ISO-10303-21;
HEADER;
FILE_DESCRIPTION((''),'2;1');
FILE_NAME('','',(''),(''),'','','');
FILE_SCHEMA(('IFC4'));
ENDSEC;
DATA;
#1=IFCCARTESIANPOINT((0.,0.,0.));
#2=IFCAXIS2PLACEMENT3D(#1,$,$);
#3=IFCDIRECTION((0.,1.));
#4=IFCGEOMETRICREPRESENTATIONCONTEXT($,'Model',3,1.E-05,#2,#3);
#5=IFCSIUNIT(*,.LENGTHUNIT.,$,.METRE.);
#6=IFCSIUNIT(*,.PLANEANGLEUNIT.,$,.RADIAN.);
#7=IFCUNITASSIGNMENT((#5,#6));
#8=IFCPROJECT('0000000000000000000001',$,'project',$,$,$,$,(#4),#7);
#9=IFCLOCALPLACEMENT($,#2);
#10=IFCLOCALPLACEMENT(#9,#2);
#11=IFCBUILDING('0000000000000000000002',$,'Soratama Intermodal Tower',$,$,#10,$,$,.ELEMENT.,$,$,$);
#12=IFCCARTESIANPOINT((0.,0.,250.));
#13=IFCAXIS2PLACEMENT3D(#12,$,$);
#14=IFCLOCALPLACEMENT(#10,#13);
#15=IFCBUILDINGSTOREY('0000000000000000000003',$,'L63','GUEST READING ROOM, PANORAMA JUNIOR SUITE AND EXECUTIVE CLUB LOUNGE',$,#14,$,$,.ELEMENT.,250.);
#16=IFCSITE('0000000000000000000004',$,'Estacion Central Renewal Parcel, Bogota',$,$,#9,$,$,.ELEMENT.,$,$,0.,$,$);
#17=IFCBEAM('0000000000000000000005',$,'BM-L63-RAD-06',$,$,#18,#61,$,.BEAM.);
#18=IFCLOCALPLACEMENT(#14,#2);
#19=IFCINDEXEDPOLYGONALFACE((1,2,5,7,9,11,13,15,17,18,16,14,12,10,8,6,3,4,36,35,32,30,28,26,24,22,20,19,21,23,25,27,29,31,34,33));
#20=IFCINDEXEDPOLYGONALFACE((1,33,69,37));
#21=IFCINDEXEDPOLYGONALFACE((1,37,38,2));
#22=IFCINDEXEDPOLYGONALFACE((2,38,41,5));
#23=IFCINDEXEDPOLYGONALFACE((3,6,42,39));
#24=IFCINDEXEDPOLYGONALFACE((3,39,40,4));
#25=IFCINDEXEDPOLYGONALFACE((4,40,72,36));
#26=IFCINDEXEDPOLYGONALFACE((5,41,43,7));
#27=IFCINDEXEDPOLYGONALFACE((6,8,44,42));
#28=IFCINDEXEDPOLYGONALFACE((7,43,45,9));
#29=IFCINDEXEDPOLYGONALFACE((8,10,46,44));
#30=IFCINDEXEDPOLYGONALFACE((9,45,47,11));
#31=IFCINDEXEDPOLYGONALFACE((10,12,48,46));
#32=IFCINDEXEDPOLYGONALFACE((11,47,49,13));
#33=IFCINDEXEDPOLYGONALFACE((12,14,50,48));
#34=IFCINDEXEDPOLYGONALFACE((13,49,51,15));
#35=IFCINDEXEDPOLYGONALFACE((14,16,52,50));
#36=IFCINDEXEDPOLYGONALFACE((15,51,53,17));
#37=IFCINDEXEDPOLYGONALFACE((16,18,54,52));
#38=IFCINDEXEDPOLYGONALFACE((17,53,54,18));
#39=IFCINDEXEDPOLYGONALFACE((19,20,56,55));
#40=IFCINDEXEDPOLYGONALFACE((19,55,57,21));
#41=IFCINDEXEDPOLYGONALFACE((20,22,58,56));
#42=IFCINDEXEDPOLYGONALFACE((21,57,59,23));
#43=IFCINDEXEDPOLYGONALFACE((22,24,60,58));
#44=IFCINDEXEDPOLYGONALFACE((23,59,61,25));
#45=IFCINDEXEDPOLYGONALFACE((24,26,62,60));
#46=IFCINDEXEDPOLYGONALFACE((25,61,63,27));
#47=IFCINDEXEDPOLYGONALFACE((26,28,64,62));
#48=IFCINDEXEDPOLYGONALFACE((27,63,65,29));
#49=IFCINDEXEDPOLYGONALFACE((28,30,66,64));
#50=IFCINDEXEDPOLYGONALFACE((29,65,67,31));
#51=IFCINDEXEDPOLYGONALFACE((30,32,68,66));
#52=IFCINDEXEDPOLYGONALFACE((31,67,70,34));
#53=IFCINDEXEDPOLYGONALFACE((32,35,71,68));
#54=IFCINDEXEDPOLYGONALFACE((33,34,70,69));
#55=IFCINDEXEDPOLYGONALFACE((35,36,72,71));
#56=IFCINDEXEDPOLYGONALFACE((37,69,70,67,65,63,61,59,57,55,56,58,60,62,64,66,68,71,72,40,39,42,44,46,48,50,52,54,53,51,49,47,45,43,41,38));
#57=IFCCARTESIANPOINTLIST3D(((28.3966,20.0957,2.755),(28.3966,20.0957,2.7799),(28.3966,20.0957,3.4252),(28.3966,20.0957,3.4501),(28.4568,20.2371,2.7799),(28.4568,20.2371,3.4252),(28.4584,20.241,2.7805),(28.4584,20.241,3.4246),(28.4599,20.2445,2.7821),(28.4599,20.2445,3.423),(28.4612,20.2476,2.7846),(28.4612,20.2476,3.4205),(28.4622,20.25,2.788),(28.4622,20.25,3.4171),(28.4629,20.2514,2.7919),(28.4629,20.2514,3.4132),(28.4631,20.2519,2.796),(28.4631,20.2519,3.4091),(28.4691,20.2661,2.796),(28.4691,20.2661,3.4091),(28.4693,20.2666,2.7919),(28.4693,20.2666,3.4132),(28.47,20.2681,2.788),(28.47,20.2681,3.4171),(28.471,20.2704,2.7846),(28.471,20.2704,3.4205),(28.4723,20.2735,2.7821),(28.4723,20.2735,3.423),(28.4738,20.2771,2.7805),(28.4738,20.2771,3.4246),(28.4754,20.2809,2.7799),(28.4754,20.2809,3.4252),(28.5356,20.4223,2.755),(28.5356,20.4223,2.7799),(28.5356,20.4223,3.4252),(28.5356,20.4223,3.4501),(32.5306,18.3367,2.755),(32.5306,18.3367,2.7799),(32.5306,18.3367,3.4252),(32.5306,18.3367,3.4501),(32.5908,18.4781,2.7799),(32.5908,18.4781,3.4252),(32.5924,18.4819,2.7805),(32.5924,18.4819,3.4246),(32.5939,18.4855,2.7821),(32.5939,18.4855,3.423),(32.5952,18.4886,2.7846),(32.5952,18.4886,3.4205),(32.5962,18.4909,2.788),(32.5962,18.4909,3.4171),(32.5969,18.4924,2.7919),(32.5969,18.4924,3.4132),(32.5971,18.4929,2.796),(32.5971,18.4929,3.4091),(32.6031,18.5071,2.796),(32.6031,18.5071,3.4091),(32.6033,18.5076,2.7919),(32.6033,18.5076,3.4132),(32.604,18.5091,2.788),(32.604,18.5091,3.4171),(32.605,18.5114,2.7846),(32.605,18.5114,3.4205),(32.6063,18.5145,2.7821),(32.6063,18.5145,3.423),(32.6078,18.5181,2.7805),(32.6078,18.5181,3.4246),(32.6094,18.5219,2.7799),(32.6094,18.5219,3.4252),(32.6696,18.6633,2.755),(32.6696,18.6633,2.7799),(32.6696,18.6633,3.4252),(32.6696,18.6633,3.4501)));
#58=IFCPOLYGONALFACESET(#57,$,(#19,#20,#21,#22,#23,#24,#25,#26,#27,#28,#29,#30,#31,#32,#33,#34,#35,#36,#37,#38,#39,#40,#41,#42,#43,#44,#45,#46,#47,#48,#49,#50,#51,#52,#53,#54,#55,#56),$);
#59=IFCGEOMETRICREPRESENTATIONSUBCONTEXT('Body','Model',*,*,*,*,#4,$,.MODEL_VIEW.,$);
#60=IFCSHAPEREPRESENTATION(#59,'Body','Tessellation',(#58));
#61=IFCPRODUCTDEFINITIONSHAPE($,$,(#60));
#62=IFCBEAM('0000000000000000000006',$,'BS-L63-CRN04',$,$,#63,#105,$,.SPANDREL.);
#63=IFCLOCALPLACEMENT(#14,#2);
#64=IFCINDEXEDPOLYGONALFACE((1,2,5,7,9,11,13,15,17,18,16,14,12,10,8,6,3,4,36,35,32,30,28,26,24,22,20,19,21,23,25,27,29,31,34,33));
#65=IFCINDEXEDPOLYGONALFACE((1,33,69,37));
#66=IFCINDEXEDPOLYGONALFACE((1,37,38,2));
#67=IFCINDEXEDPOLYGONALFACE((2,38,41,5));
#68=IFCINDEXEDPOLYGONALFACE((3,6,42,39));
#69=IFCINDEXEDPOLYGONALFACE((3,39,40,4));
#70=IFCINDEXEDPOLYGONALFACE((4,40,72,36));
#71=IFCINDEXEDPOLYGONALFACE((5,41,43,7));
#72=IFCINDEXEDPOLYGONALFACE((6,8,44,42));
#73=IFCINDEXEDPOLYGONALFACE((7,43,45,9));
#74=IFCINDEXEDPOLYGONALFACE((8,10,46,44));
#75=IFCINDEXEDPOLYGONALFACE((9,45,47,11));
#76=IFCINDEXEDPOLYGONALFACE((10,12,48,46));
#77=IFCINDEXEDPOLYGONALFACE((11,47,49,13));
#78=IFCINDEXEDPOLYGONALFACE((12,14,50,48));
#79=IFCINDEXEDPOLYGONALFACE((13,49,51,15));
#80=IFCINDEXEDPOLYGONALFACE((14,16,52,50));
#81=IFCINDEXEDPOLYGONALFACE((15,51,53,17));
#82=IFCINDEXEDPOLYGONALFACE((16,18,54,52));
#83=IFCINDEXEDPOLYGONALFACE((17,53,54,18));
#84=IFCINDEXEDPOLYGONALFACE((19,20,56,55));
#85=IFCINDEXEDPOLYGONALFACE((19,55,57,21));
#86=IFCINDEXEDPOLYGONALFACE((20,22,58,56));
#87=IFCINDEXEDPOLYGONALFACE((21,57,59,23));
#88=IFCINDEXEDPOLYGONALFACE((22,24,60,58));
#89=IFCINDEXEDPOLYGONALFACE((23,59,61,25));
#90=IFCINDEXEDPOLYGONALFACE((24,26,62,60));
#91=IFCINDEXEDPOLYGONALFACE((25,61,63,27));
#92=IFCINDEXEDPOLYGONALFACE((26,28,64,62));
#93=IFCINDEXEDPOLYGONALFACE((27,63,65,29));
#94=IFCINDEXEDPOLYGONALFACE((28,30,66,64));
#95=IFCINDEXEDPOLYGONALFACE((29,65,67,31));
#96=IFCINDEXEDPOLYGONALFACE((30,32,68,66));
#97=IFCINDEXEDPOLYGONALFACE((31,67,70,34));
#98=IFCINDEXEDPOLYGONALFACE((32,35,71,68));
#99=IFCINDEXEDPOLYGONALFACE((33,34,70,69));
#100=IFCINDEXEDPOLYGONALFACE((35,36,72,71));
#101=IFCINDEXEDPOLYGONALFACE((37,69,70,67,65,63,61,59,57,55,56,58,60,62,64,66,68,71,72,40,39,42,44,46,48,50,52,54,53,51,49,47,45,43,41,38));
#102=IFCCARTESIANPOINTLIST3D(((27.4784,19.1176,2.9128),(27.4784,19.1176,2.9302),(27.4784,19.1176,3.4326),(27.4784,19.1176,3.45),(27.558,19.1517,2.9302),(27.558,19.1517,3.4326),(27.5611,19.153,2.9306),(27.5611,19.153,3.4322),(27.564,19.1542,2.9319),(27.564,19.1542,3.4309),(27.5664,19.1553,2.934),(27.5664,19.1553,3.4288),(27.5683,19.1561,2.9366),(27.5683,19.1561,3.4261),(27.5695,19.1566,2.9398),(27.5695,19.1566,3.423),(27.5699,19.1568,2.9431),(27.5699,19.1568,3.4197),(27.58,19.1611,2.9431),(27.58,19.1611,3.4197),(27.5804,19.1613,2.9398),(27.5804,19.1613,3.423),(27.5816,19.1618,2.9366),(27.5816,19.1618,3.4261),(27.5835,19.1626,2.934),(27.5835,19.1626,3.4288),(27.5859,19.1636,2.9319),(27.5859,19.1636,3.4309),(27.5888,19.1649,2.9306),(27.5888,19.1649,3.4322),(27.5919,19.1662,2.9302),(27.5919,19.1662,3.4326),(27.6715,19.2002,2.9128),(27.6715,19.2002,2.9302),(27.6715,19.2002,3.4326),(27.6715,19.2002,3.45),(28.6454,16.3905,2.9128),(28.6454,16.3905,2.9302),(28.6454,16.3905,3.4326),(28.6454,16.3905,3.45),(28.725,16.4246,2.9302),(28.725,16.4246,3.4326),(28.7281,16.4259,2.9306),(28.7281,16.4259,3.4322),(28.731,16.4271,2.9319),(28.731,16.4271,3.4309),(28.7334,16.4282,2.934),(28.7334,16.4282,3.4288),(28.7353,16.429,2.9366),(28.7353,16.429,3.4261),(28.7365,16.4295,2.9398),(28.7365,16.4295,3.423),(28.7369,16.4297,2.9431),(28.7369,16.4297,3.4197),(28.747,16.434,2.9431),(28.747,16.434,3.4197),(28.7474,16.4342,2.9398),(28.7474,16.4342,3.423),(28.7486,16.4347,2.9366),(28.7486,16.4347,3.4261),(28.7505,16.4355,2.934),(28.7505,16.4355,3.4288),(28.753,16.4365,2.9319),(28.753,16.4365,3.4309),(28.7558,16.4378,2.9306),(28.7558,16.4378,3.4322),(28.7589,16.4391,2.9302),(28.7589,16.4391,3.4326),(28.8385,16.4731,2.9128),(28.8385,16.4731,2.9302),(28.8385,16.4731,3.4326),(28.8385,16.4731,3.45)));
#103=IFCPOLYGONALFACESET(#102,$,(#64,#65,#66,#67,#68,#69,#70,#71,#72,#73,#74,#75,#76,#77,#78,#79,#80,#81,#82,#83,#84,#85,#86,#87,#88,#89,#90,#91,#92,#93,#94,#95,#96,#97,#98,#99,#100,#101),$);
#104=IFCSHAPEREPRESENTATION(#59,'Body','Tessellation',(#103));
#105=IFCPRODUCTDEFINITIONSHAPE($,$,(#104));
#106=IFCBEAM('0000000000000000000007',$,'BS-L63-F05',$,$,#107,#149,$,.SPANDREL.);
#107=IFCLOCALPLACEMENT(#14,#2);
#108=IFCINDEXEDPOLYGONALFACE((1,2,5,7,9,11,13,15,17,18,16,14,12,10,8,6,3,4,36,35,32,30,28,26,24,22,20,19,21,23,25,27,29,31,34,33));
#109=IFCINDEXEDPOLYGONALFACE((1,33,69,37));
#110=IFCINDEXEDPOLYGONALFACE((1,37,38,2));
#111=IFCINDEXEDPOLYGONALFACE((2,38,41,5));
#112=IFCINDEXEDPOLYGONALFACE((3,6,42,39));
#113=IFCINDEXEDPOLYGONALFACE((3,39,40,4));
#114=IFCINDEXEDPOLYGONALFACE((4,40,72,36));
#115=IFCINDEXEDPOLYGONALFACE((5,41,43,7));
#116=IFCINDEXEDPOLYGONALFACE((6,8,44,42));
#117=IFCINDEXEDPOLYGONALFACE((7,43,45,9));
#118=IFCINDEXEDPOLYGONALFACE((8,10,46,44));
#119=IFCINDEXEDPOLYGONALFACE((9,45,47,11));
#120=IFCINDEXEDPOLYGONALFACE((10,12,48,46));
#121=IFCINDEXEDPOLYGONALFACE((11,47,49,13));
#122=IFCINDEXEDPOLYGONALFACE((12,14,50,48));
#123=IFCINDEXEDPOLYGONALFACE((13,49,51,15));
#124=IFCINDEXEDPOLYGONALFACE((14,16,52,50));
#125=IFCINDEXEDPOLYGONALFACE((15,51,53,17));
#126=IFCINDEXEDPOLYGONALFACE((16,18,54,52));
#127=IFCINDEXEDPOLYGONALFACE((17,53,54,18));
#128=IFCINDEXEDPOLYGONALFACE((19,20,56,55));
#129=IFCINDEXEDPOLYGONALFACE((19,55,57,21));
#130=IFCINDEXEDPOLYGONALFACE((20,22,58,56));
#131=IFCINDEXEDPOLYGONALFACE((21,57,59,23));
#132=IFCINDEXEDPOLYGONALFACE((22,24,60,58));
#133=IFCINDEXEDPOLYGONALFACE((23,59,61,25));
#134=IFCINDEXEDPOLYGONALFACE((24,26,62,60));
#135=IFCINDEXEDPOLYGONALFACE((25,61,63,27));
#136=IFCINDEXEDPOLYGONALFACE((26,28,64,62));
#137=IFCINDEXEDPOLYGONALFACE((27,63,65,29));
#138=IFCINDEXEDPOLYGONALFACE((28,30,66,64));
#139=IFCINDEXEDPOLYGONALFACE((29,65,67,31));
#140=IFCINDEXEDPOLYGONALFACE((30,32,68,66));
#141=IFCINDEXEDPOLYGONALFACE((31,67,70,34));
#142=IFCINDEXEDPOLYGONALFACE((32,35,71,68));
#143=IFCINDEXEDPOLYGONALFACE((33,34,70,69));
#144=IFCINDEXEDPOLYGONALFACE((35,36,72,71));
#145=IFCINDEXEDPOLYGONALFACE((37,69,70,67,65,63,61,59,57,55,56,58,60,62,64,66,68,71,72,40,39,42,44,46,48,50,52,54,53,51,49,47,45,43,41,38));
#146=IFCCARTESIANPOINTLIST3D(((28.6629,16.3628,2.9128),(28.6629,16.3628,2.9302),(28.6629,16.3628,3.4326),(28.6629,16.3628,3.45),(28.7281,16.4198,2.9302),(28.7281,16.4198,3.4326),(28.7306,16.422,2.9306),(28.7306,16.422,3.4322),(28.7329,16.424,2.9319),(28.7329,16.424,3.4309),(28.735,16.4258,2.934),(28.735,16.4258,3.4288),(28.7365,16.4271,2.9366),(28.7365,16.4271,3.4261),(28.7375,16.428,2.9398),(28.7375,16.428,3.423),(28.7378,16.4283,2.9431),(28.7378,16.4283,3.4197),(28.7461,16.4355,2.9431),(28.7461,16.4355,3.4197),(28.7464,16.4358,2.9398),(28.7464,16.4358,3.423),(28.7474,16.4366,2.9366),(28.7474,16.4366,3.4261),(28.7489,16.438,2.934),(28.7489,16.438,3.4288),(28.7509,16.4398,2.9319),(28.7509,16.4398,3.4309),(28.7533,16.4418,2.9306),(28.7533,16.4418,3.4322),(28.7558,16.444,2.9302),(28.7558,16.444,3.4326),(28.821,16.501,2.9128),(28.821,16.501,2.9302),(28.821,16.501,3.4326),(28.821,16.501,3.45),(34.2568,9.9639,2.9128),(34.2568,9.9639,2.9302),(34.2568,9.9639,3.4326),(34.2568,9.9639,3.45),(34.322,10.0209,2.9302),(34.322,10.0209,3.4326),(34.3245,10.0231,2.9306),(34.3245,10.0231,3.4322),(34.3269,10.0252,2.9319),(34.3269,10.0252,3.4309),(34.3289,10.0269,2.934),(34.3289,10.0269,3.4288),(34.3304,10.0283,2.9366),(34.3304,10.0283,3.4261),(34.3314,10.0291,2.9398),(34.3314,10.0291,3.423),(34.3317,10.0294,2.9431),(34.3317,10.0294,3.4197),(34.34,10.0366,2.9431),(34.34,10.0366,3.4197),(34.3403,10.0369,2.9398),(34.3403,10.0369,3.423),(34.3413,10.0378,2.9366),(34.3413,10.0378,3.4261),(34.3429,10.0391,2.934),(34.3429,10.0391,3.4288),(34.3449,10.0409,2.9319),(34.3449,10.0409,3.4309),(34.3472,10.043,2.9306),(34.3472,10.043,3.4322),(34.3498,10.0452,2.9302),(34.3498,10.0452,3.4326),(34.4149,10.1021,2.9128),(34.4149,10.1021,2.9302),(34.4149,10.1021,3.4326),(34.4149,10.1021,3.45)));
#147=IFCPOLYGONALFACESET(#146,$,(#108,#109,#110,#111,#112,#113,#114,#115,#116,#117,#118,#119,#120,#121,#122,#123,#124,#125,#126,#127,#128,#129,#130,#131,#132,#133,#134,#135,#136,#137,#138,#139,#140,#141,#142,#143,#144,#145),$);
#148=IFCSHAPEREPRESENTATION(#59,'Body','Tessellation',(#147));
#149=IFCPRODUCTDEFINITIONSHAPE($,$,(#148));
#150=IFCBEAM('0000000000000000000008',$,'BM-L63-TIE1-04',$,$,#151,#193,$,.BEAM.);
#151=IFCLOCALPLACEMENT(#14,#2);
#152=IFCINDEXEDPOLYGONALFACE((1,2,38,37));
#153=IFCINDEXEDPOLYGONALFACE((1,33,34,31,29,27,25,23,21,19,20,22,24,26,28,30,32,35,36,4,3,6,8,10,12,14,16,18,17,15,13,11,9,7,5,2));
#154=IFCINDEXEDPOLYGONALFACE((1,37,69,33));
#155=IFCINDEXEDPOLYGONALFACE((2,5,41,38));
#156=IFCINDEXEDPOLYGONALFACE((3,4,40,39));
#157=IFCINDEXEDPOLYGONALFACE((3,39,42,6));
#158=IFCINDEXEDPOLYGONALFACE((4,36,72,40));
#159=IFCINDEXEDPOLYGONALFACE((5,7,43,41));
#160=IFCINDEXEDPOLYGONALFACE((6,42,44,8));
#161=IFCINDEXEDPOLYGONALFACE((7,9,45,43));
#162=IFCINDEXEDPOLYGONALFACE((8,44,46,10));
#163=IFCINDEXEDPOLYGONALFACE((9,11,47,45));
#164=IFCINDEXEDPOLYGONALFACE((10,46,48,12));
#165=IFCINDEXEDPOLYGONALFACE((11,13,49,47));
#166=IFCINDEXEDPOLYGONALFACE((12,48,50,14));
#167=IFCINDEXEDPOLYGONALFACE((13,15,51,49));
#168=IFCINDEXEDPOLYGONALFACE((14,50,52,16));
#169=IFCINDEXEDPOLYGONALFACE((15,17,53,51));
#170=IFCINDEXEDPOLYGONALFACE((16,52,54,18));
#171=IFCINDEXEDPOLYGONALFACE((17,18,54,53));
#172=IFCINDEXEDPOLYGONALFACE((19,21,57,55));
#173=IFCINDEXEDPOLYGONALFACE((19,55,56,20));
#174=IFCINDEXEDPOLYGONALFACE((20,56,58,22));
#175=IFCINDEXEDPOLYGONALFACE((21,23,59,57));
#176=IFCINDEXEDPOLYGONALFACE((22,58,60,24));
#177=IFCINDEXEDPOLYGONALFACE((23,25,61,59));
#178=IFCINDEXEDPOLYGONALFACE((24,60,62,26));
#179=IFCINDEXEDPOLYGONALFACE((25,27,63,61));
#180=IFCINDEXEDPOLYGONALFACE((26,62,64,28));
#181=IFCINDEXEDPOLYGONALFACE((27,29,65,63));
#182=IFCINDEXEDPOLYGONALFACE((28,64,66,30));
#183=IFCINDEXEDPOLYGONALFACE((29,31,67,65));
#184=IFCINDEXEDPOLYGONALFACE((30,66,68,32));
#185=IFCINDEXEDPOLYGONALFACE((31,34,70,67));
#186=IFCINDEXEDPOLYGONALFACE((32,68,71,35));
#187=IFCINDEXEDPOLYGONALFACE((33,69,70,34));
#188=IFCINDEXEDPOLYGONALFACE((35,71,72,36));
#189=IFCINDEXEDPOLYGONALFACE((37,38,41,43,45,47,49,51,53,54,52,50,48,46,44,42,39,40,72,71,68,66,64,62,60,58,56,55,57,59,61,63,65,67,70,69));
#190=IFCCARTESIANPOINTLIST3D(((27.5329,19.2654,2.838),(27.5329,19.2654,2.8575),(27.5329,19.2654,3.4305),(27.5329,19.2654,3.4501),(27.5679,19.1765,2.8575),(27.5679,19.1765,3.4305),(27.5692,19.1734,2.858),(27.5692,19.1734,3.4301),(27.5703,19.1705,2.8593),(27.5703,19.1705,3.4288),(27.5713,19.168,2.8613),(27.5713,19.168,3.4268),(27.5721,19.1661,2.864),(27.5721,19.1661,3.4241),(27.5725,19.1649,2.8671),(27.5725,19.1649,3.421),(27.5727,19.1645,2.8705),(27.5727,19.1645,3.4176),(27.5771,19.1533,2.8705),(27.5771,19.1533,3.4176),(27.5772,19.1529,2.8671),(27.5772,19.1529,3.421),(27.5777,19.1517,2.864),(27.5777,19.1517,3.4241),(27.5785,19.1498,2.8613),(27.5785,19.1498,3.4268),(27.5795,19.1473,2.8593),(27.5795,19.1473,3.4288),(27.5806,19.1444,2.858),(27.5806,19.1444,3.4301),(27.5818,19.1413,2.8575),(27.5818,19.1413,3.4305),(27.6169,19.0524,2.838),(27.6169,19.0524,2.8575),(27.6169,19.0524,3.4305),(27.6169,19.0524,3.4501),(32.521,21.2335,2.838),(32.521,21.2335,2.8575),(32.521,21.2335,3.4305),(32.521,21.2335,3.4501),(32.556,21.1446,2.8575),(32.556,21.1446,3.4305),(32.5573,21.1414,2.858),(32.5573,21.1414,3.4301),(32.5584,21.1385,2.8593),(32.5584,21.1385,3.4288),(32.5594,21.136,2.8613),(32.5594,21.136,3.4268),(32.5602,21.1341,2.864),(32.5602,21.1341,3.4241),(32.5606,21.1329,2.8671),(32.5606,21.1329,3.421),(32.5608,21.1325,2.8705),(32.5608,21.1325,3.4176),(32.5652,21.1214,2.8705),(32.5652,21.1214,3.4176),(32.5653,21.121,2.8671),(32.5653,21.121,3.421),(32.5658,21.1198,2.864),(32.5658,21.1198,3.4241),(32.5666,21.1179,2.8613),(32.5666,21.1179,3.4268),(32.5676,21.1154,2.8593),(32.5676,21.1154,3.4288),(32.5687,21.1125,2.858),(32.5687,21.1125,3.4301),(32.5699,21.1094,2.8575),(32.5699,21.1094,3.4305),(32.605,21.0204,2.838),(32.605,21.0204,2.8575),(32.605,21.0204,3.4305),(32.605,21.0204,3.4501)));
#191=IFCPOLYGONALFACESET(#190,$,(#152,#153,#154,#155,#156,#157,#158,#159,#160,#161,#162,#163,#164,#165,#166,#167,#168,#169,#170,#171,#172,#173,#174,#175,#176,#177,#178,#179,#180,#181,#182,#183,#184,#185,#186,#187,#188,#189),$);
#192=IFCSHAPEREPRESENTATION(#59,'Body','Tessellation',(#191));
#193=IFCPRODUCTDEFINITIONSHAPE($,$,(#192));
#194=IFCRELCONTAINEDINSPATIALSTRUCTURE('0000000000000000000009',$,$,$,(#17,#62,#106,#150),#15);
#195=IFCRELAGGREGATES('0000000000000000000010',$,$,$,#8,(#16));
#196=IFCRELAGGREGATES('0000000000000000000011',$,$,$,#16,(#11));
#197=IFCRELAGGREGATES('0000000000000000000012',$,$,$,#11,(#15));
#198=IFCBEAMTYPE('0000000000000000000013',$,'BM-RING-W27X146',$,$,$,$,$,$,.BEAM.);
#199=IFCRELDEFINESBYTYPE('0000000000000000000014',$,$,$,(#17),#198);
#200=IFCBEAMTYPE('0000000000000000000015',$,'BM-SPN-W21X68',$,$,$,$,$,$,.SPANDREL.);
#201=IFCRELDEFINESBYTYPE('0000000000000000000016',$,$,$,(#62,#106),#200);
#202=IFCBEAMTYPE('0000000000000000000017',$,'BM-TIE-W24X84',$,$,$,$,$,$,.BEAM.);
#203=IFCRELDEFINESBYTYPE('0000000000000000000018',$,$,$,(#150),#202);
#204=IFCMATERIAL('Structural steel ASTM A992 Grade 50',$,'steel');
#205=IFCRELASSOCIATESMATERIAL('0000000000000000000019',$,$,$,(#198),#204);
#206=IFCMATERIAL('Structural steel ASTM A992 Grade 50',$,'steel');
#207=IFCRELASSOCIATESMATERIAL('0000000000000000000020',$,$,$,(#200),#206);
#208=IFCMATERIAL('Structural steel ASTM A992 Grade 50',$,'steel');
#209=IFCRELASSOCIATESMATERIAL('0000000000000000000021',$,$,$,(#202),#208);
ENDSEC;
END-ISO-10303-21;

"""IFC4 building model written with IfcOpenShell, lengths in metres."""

from ifc_helpers import new_model, si_unit, direction, frame, origin, origin_2d, place, context, subcontext, project, spatial, i_section, extrude, material, material_profile, profile_set, type_object, element, save


model = new_model("IFC4")

# Units and contexts
model_context = context("Model", 3, precision=1e-05, world=origin(), true_north=direction((0.0, 1.0)))
body_context = subcontext(model_context, "Body", "Model", "MODEL_VIEW")
ifc_project = project(units=[si_unit("LENGTHUNIT", "METRE"), si_unit("PLANEANGLEUNIT", "RADIAN")], contexts=[model_context])

# Site, building, storey
site_placement = place(None, origin())
site = spatial("IfcSite", under=ifc_project, at=site_placement, Name="Estacion Central Renewal Parcel, Bogota", CompositionType="ELEMENT", RefElevation=0.0)
building_placement = place(site_placement, origin())
building = spatial("IfcBuilding", under=site, at=building_placement, Name="Soratama Intermodal Tower", CompositionType="ELEMENT")
storey_placement = place(building_placement, frame((0.0, 0.0, 250.0)))
storey = spatial("IfcBuildingStorey", under=building, at=storey_placement, Name="L63", Description="GUEST READING ROOM, PANORAMA JUNIOR SUITE AND EXECUTIVE CLUB LOUNGE", CompositionType="ELEMENT", Elevation=250.0)

# Beams
ifc_material_1 = material(Name="Structural steel ASTM A992 Grade 50", Category="steel")
ifc_material_profile_1 = material_profile(ifc_material_1, i_section(OverallWidth=0.355, OverallDepth=0.6951, WebThickness=0.0154, FlangeThickness=0.0249, FilletRadius=0.0161, at=origin_2d()), Name="W27X146")
ifc_profile_set_1 = profile_set([ifc_material_profile_1], Name="Structural steel ASTM A992 Grade 50")
beam_type_1 = type_object("IfcBeamType", Name="BM-RING-W27X146", PredefinedType="BEAM", material=ifc_profile_set_1)
beam_1_placement = place(storey_placement, frame((32.6001, 18.5, 3.1025), z_axis=(-0.920165, 0.391531, 0.0), x_axis=(-0.391531, -0.920165, 0.0)))
element("IfcBeam", 1, at=beam_1_placement, inside=storey, type_object=beam_type_1, Name="BM-L63-RAD-06", PredefinedType="BEAM", context=body_context, shape_type="SweptSolid", body=[
    extrude(i_section(OverallWidth=0.355, OverallDepth=0.6951, WebThickness=0.0154, FlangeThickness=0.0249, FilletRadius=0.0161, at=origin_2d()), origin(), (0.0, 0.0, 1.0), 4.4927),
])
ifc_material_2 = material(Name="Structural steel ASTM A992 Grade 50", Category="steel")
ifc_material_profile_2 = material_profile(ifc_material_2, i_section(OverallWidth=0.21, OverallDepth=0.5371, WebThickness=0.011, FlangeThickness=0.0173, FilletRadius=0.0129, at=origin_2d()), Name="W21X68")
ifc_profile_set_2 = profile_set([ifc_material_profile_2], Name="Structural steel ASTM A992 Grade 50")
beam_type_2 = type_object("IfcBeamType", Name="BM-SPN-W21X68", PredefinedType="SPANDREL", material=ifc_profile_set_2)
beam_2_placement = place(storey_placement, frame((27.575, 19.1589, 3.1814), z_axis=(0.393423, -0.919358, 0.0), x_axis=(0.919358, 0.393423, 0.0)))
element("IfcBeam", 2, at=beam_2_placement, inside=storey, type_object=beam_type_2, Name="BS-L63-CRN04", PredefinedType="SPANDREL", context=body_context, shape_type="SweptSolid", body=[
    extrude(i_section(OverallWidth=0.21, OverallDepth=0.5371, WebThickness=0.011, FlangeThickness=0.0173, FilletRadius=0.0129, at=origin_2d()), origin(), (0.0, 0.0, 1.0), 2.9663),
])
beam_3_placement = place(storey_placement, frame((28.7419, 16.4319, 3.1814), z_axis=(0.658167, -0.752872, 0.0), x_axis=(0.752872, 0.658167, 0.0)))
element("IfcBeam", 3, at=beam_3_placement, inside=storey, type_object=beam_type_2, Name="BS-L63-F05", PredefinedType="SPANDREL", context=body_context, shape_type="SweptSolid", body=[
    extrude(i_section(OverallWidth=0.21, OverallDepth=0.5371, WebThickness=0.011, FlangeThickness=0.0173, FilletRadius=0.0129, at=origin_2d()), origin(), (0.0, 0.0, 1.0), 8.4993),
])
ifc_material_3 = material(Name="Structural steel ASTM A992 Grade 50", Category="steel")
ifc_material_profile_3 = material_profile(ifc_material_3, i_section(OverallWidth=0.229, OverallDepth=0.6121, WebThickness=0.012, FlangeThickness=0.0195, FilletRadius=0.0129, at=origin_2d()), Name="W24X84")
ifc_profile_set_3 = profile_set([ifc_material_profile_3], Name="Structural steel ASTM A992 Grade 50")
beam_type_3 = type_object("IfcBeamType", Name="BM-TIE-W24X84", PredefinedType="BEAM", material=ifc_profile_set_3)
beam_4_placement = place(storey_placement, frame((32.563, 21.127, 3.144), z_axis=(-0.930215, -0.367014, 0.0), x_axis=(0.367014, -0.930215, 0.0)))
element("IfcBeam", 4, at=beam_4_placement, inside=storey, type_object=beam_type_3, Name="BM-L63-TIE1-04", PredefinedType="BEAM", context=body_context, shape_type="SweptSolid", body=[
    extrude(i_section(OverallWidth=0.229, OverallDepth=0.6121, WebThickness=0.012, FlangeThickness=0.0195, FilletRadius=0.0129, at=origin_2d()), origin(), (0.0, 0.0, 1.0), 5.3623),
])

save(model, "model.ifc")
